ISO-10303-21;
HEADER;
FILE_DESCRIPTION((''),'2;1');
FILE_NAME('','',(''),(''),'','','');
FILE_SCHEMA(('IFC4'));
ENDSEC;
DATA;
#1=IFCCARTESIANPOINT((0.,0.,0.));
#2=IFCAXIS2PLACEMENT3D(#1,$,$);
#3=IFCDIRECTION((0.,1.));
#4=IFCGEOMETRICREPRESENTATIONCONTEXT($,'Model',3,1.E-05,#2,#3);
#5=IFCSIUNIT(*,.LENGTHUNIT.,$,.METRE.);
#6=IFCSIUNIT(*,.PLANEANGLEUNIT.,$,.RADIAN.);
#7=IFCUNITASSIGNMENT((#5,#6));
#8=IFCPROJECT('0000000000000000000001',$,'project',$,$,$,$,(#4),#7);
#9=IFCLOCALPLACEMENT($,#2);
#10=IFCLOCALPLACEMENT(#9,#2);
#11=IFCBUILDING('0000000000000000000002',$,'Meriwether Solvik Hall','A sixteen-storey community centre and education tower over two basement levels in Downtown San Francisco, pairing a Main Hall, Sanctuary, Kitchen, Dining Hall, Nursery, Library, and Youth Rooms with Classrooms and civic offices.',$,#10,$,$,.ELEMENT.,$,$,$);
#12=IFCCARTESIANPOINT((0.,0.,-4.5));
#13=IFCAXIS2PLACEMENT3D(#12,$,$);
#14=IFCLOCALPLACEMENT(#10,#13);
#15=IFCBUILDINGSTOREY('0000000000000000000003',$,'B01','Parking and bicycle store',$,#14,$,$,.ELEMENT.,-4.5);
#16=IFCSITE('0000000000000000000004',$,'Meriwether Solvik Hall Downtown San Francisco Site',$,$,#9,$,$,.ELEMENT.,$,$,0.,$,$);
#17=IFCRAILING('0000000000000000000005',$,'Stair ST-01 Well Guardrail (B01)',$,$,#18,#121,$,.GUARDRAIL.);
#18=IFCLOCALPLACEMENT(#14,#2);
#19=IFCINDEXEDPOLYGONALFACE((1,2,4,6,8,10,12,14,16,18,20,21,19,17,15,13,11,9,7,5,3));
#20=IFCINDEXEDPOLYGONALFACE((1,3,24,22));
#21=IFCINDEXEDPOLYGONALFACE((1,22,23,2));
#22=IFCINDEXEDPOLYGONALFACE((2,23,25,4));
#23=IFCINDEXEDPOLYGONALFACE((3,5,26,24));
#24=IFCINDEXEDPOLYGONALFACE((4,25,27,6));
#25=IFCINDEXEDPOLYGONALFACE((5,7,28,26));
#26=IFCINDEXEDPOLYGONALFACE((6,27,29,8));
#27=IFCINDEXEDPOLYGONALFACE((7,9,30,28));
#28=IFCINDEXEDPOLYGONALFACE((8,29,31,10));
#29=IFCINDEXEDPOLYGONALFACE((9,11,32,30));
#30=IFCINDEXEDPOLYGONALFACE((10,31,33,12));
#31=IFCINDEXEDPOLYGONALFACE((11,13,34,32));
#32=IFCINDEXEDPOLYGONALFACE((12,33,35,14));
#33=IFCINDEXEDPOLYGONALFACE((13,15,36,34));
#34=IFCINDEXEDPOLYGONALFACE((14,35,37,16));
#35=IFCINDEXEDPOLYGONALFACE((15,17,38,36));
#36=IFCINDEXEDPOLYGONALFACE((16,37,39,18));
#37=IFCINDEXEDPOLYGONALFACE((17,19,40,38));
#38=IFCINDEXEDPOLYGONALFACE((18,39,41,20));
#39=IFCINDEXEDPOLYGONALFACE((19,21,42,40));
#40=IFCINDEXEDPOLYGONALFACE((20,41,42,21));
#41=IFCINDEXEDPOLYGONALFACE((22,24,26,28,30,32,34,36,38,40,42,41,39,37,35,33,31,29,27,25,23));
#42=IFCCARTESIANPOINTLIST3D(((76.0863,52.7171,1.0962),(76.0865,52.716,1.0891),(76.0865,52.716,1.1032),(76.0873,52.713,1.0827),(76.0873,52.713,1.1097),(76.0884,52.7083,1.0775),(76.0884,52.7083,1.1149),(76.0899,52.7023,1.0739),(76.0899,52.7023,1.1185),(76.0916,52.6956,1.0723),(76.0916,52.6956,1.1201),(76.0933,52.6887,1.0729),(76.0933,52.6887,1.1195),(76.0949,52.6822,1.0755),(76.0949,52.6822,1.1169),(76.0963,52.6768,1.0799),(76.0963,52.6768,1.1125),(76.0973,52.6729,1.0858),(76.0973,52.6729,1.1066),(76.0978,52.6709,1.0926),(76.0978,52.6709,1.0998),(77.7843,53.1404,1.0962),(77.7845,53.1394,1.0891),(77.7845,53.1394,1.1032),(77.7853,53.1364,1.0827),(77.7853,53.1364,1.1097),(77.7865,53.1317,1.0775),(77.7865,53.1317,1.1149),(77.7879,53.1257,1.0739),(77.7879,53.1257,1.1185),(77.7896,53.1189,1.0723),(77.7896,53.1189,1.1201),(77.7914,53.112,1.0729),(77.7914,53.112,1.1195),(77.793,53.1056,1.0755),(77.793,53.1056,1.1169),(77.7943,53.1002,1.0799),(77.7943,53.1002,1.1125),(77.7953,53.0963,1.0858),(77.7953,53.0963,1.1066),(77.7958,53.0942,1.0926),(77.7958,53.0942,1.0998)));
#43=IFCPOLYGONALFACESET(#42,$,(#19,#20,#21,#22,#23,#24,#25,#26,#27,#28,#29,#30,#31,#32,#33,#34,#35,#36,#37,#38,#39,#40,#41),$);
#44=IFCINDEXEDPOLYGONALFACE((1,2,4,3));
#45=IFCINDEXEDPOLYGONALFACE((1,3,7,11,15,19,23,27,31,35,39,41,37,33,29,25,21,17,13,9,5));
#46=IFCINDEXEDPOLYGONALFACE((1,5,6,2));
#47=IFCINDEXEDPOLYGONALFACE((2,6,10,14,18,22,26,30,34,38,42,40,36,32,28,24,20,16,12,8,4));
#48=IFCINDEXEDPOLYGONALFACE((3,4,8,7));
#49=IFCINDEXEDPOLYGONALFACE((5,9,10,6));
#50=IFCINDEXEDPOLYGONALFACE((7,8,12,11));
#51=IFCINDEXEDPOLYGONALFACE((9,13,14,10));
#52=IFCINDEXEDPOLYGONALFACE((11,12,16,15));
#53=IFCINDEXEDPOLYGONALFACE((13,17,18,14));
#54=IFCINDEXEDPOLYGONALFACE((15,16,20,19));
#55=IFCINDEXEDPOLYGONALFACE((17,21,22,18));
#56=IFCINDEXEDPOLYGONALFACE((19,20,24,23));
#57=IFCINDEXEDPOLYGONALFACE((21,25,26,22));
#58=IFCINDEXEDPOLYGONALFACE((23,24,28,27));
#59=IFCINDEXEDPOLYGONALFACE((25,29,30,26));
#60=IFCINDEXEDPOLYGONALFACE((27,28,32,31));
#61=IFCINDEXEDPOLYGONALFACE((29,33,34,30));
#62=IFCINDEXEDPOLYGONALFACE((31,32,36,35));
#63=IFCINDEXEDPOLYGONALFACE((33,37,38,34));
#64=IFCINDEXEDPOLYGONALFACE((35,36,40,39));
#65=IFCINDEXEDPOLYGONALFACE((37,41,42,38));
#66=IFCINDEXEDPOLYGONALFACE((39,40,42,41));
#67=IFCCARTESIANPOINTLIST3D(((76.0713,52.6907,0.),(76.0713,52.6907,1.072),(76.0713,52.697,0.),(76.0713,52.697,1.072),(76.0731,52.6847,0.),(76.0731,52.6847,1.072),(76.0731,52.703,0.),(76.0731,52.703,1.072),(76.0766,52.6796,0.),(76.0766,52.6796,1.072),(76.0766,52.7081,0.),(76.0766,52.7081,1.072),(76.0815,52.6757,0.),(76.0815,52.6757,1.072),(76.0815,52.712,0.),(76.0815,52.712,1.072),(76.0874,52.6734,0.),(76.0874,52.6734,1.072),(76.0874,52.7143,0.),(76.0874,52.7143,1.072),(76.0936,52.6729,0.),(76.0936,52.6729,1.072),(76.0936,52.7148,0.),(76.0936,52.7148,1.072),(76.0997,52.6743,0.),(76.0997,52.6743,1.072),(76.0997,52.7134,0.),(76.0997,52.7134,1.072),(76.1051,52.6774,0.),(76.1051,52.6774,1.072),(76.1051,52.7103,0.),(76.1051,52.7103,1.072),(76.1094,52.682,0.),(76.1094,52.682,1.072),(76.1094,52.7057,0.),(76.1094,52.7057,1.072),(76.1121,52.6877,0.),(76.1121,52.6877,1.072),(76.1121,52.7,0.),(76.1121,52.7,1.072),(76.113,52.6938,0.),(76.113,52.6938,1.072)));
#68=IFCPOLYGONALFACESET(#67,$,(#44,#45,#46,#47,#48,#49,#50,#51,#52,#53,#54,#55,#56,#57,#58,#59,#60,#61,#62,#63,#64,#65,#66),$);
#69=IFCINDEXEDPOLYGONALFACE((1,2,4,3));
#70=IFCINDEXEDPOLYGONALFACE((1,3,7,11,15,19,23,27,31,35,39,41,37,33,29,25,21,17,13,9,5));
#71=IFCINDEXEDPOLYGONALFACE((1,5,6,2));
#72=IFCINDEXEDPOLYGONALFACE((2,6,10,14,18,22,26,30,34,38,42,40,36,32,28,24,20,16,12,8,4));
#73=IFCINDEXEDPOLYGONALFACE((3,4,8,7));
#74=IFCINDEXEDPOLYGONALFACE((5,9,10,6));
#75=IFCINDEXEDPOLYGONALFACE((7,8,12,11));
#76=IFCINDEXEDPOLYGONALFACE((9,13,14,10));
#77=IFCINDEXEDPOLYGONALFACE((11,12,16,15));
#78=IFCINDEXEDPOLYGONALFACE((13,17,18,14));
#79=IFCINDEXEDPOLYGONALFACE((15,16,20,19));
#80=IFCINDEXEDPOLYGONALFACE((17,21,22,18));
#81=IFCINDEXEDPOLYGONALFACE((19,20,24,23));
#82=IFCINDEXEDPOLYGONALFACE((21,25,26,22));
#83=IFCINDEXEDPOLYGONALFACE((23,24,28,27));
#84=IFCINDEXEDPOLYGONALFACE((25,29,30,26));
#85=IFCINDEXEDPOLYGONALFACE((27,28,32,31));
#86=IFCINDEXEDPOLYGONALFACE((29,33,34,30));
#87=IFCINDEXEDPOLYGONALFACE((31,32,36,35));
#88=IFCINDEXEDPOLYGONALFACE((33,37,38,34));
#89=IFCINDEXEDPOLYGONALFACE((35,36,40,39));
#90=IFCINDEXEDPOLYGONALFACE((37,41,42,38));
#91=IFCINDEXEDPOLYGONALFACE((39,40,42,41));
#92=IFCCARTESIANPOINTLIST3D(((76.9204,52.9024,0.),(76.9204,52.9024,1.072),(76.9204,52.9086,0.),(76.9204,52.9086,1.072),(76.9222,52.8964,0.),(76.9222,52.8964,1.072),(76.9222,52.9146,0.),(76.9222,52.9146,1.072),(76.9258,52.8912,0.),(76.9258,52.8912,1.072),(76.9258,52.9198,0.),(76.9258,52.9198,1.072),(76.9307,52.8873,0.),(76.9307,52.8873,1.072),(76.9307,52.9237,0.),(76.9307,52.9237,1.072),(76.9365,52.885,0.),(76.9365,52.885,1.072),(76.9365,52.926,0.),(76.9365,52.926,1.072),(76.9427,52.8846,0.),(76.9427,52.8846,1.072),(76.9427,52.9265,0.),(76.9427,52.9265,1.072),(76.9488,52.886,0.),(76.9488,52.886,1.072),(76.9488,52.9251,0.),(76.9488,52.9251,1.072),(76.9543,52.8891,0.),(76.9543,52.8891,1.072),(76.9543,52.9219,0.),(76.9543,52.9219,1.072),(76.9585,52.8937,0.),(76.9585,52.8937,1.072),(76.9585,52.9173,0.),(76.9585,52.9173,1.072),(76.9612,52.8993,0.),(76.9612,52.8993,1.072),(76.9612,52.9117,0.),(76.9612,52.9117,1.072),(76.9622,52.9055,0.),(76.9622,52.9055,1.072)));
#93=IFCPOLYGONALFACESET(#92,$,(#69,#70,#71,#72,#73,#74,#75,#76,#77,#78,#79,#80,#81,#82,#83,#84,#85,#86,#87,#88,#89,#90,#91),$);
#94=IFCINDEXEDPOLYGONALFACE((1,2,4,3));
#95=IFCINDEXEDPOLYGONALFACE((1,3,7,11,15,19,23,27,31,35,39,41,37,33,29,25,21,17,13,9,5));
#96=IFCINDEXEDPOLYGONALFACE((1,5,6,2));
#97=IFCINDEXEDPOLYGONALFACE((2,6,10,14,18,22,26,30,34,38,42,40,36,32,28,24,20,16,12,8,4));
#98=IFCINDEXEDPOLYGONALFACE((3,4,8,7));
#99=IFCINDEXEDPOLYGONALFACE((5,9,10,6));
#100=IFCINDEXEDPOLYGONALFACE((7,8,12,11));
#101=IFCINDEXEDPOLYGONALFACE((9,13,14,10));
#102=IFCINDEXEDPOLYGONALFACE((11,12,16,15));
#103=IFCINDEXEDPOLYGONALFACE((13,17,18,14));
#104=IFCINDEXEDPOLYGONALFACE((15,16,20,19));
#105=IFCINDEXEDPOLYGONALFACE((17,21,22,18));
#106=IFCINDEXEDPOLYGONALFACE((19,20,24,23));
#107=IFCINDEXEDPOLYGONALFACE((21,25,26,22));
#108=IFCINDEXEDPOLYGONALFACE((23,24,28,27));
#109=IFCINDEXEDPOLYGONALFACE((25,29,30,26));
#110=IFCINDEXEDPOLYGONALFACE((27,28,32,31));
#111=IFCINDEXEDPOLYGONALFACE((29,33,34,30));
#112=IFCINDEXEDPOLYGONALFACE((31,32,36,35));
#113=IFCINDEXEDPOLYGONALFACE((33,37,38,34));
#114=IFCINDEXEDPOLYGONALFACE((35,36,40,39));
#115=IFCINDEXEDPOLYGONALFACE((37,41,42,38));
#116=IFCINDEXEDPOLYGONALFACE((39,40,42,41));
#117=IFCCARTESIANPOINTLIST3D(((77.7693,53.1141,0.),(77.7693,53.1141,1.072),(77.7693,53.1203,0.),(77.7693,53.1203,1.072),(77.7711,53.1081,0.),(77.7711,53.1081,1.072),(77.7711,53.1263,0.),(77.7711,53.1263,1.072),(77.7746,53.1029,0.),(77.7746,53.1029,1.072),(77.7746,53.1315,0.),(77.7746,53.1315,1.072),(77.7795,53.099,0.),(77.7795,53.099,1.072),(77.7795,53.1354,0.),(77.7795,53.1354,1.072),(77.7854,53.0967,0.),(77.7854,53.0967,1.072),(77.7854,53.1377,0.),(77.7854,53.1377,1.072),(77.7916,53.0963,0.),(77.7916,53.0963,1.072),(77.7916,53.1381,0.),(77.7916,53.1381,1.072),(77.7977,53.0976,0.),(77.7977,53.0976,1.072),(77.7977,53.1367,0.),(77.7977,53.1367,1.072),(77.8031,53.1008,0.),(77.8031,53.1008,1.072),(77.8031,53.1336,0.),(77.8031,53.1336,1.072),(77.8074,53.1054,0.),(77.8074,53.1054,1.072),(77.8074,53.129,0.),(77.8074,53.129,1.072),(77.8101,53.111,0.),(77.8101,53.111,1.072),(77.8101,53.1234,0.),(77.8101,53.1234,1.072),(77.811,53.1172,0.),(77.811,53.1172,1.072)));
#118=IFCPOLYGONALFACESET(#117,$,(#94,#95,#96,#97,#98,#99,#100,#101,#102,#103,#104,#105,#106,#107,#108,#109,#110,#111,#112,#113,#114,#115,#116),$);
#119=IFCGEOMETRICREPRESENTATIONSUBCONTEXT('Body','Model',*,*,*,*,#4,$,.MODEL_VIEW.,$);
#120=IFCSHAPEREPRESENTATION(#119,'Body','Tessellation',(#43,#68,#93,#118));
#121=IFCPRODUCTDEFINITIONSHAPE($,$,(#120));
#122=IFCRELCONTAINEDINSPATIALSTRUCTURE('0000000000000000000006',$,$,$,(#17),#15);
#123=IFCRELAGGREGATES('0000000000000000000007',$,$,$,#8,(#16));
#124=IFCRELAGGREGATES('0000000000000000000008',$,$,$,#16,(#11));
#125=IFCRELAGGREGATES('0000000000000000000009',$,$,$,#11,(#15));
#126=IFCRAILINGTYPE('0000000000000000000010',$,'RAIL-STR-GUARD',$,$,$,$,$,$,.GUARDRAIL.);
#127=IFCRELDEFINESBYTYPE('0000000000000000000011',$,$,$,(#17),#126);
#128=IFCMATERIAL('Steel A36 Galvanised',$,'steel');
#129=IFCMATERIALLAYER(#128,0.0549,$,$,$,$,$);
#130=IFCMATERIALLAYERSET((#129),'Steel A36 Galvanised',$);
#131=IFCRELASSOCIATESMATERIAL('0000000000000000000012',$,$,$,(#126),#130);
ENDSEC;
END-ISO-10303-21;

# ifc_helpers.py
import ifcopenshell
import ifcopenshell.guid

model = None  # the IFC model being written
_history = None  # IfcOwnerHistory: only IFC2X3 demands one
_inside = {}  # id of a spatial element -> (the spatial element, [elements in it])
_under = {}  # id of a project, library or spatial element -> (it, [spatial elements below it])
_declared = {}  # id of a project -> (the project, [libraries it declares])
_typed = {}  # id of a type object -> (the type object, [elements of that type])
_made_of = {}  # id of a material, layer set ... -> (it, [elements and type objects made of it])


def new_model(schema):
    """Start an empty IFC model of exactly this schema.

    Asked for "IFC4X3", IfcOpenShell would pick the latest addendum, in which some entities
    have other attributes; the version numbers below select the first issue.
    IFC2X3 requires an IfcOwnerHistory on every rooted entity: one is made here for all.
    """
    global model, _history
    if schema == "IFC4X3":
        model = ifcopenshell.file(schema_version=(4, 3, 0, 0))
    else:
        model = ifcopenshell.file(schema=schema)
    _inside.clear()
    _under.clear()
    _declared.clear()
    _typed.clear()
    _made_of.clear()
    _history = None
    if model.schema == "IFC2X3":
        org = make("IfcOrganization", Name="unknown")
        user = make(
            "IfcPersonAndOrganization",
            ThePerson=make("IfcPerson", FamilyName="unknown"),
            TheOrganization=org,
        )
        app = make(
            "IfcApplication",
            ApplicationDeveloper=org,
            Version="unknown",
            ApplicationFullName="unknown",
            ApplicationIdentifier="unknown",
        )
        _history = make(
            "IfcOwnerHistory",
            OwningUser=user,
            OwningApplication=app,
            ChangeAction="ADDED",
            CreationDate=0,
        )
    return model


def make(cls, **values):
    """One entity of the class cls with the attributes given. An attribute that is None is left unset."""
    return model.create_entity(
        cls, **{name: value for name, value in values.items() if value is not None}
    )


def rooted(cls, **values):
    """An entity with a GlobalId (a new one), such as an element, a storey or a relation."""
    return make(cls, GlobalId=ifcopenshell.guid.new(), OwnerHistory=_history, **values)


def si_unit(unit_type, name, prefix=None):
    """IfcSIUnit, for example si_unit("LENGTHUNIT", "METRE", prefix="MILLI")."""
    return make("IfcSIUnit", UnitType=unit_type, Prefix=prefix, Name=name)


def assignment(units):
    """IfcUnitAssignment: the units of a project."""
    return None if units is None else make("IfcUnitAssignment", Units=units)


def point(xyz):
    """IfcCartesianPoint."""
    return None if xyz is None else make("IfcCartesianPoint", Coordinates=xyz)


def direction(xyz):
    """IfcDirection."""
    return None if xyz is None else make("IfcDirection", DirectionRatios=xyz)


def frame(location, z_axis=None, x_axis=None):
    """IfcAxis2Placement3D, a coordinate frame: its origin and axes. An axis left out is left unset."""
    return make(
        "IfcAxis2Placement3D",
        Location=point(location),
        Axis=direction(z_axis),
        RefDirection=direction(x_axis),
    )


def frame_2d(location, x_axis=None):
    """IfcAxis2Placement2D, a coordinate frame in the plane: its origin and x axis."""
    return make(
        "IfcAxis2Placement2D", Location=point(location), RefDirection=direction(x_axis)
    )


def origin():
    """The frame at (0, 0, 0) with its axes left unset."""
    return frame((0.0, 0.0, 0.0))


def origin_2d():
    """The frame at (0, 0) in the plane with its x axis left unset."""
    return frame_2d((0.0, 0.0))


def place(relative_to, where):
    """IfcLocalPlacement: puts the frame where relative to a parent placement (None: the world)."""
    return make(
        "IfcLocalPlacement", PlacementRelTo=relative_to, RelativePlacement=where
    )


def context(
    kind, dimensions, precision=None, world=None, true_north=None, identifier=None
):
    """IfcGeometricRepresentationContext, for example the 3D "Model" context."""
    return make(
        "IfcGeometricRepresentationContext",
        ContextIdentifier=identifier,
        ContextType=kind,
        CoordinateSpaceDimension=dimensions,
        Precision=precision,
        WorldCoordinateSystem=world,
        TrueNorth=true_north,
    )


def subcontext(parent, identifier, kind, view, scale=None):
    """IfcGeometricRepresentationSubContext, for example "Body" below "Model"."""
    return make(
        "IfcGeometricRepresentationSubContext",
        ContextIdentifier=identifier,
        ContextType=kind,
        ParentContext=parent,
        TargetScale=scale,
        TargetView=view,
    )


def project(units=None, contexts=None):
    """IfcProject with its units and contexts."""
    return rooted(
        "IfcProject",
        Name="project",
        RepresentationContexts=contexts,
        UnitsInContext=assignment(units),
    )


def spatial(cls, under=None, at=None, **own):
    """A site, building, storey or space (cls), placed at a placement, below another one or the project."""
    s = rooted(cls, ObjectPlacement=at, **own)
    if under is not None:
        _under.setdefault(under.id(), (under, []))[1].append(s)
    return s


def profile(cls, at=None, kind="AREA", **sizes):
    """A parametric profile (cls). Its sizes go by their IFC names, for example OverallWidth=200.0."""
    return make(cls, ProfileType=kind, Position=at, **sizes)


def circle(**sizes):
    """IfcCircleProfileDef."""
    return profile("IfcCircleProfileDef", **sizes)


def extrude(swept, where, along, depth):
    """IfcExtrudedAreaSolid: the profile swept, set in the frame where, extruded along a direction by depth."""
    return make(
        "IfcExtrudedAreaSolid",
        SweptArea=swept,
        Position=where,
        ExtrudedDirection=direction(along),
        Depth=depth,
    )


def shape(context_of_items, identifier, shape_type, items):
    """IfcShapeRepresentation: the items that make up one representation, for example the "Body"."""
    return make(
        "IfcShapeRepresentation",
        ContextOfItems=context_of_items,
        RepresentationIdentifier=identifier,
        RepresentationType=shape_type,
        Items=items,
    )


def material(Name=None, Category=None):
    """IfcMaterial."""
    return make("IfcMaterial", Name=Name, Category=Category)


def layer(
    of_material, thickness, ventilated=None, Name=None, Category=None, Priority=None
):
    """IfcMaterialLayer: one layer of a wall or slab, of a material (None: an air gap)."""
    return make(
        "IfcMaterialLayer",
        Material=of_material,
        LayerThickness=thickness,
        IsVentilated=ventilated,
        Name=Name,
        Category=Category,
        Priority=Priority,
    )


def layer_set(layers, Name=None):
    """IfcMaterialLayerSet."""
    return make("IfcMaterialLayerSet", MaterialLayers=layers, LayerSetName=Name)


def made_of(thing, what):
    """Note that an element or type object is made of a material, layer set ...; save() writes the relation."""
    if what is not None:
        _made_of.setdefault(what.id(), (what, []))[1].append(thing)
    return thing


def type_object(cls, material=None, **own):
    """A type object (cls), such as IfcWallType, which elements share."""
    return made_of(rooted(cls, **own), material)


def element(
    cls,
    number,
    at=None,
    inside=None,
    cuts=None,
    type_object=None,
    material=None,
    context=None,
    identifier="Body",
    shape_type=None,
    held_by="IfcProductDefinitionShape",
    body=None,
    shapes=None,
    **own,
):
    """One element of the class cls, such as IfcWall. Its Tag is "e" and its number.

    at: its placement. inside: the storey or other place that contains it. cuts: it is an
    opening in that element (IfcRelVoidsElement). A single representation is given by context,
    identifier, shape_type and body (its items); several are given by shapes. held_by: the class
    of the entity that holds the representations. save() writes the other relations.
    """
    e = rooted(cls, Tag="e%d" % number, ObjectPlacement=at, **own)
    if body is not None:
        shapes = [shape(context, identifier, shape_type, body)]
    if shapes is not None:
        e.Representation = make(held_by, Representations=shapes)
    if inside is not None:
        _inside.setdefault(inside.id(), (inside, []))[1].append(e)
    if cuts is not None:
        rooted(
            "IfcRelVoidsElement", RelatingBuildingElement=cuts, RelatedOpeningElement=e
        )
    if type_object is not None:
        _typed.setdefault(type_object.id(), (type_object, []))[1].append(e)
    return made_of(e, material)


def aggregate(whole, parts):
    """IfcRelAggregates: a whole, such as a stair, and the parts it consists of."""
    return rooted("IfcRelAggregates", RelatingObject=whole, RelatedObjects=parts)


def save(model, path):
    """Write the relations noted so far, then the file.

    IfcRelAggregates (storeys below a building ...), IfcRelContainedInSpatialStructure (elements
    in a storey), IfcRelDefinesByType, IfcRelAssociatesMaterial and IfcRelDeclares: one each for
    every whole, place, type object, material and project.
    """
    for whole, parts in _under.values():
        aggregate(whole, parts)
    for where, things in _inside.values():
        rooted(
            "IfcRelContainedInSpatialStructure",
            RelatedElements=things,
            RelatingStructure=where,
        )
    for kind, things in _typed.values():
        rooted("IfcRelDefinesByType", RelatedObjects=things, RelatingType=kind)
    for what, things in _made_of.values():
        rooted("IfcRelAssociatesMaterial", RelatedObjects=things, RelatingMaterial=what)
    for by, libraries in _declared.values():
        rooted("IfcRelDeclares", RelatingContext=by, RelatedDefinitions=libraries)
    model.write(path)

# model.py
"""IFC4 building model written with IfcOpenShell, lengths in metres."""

from ifc_helpers import new_model, si_unit, direction, frame, origin, origin_2d, place, context, subcontext, project, spatial, circle, extrude, material, layer, layer_set, type_object, element, save


model = new_model("IFC4")

# Units and contexts
model_context = context("Model", 3, precision=1e-05, world=origin(), true_north=direction((0.0, 1.0)))
body_context = subcontext(model_context, "Body", "Model", "MODEL_VIEW")
ifc_project = project(units=[si_unit("LENGTHUNIT", "METRE"), si_unit("PLANEANGLEUNIT", "RADIAN")], contexts=[model_context])

# Site, building, storey
site_placement = place(None, origin())
site = spatial("IfcSite", under=ifc_project, at=site_placement, Name="Meriwether Solvik Hall Downtown San Francisco Site", CompositionType="ELEMENT", RefElevation=0.0)
building_placement = place(site_placement, origin())
building = spatial("IfcBuilding", under=site, at=building_placement, Name="Meriwether Solvik Hall", Description="A sixteen-storey community centre and education tower over two basement levels in Downtown San Francisco, pairing a Main Hall, Sanctuary, Kitchen, Dining Hall, Nursery, Library, and Youth Rooms with Classrooms and civic offices.", CompositionType="ELEMENT")
storey_placement = place(building_placement, frame((0.0, 0.0, -4.5)))
storey = spatial("IfcBuildingStorey", under=building, at=storey_placement, Name="B01", Description="Parking and bicycle store", CompositionType="ELEMENT", Elevation=-4.5)

# Railing
ifc_material_1 = material(Name="Steel A36 Galvanised", Category="steel")
ifc_layer_1 = layer(ifc_material_1, 0.0549)
ifc_layer_set_1 = layer_set([ifc_layer_1], Name="Steel A36 Galvanised")
railing_type_1 = type_object("IfcRailingType", Name="RAIL-STR-GUARD", PredefinedType="GUARDRAIL", material=ifc_layer_set_1)
railing_1_placement = place(storey_placement, frame((76.092, 52.6938, 0.0)))
element("IfcRailing", 1, at=railing_1_placement, inside=storey, type_object=railing_type_1, Name="Stair ST-01 Well Guardrail (B01)", PredefinedType="GUARDRAIL", context=body_context, shape_type="SweptSolid", body=[
    extrude(circle(Radius=0.0239, at=origin_2d()), frame((0.0, 0.0, 1.0962), z_axis=(0.970298, 0.241912, 0.0), x_axis=(-0.241912, 0.970298, 0.0)), (0.0, 0.0, 1.0), 1.75),
    extrude(circle(Radius=0.021, at=origin_2d()), origin(), (0.0, 0.0, 1.0), 1.072),
    extrude(circle(Radius=0.021, at=origin_2d()), frame((0.8491, 0.2117, 0.0)), (0.0, 0.0, 1.0), 1.072),
    extrude(circle(Radius=0.021, at=origin_2d()), frame((1.698, 0.4233, 0.0)), (0.0, 0.0, 1.0), 1.072),
])

save(model, "model.ifc")
